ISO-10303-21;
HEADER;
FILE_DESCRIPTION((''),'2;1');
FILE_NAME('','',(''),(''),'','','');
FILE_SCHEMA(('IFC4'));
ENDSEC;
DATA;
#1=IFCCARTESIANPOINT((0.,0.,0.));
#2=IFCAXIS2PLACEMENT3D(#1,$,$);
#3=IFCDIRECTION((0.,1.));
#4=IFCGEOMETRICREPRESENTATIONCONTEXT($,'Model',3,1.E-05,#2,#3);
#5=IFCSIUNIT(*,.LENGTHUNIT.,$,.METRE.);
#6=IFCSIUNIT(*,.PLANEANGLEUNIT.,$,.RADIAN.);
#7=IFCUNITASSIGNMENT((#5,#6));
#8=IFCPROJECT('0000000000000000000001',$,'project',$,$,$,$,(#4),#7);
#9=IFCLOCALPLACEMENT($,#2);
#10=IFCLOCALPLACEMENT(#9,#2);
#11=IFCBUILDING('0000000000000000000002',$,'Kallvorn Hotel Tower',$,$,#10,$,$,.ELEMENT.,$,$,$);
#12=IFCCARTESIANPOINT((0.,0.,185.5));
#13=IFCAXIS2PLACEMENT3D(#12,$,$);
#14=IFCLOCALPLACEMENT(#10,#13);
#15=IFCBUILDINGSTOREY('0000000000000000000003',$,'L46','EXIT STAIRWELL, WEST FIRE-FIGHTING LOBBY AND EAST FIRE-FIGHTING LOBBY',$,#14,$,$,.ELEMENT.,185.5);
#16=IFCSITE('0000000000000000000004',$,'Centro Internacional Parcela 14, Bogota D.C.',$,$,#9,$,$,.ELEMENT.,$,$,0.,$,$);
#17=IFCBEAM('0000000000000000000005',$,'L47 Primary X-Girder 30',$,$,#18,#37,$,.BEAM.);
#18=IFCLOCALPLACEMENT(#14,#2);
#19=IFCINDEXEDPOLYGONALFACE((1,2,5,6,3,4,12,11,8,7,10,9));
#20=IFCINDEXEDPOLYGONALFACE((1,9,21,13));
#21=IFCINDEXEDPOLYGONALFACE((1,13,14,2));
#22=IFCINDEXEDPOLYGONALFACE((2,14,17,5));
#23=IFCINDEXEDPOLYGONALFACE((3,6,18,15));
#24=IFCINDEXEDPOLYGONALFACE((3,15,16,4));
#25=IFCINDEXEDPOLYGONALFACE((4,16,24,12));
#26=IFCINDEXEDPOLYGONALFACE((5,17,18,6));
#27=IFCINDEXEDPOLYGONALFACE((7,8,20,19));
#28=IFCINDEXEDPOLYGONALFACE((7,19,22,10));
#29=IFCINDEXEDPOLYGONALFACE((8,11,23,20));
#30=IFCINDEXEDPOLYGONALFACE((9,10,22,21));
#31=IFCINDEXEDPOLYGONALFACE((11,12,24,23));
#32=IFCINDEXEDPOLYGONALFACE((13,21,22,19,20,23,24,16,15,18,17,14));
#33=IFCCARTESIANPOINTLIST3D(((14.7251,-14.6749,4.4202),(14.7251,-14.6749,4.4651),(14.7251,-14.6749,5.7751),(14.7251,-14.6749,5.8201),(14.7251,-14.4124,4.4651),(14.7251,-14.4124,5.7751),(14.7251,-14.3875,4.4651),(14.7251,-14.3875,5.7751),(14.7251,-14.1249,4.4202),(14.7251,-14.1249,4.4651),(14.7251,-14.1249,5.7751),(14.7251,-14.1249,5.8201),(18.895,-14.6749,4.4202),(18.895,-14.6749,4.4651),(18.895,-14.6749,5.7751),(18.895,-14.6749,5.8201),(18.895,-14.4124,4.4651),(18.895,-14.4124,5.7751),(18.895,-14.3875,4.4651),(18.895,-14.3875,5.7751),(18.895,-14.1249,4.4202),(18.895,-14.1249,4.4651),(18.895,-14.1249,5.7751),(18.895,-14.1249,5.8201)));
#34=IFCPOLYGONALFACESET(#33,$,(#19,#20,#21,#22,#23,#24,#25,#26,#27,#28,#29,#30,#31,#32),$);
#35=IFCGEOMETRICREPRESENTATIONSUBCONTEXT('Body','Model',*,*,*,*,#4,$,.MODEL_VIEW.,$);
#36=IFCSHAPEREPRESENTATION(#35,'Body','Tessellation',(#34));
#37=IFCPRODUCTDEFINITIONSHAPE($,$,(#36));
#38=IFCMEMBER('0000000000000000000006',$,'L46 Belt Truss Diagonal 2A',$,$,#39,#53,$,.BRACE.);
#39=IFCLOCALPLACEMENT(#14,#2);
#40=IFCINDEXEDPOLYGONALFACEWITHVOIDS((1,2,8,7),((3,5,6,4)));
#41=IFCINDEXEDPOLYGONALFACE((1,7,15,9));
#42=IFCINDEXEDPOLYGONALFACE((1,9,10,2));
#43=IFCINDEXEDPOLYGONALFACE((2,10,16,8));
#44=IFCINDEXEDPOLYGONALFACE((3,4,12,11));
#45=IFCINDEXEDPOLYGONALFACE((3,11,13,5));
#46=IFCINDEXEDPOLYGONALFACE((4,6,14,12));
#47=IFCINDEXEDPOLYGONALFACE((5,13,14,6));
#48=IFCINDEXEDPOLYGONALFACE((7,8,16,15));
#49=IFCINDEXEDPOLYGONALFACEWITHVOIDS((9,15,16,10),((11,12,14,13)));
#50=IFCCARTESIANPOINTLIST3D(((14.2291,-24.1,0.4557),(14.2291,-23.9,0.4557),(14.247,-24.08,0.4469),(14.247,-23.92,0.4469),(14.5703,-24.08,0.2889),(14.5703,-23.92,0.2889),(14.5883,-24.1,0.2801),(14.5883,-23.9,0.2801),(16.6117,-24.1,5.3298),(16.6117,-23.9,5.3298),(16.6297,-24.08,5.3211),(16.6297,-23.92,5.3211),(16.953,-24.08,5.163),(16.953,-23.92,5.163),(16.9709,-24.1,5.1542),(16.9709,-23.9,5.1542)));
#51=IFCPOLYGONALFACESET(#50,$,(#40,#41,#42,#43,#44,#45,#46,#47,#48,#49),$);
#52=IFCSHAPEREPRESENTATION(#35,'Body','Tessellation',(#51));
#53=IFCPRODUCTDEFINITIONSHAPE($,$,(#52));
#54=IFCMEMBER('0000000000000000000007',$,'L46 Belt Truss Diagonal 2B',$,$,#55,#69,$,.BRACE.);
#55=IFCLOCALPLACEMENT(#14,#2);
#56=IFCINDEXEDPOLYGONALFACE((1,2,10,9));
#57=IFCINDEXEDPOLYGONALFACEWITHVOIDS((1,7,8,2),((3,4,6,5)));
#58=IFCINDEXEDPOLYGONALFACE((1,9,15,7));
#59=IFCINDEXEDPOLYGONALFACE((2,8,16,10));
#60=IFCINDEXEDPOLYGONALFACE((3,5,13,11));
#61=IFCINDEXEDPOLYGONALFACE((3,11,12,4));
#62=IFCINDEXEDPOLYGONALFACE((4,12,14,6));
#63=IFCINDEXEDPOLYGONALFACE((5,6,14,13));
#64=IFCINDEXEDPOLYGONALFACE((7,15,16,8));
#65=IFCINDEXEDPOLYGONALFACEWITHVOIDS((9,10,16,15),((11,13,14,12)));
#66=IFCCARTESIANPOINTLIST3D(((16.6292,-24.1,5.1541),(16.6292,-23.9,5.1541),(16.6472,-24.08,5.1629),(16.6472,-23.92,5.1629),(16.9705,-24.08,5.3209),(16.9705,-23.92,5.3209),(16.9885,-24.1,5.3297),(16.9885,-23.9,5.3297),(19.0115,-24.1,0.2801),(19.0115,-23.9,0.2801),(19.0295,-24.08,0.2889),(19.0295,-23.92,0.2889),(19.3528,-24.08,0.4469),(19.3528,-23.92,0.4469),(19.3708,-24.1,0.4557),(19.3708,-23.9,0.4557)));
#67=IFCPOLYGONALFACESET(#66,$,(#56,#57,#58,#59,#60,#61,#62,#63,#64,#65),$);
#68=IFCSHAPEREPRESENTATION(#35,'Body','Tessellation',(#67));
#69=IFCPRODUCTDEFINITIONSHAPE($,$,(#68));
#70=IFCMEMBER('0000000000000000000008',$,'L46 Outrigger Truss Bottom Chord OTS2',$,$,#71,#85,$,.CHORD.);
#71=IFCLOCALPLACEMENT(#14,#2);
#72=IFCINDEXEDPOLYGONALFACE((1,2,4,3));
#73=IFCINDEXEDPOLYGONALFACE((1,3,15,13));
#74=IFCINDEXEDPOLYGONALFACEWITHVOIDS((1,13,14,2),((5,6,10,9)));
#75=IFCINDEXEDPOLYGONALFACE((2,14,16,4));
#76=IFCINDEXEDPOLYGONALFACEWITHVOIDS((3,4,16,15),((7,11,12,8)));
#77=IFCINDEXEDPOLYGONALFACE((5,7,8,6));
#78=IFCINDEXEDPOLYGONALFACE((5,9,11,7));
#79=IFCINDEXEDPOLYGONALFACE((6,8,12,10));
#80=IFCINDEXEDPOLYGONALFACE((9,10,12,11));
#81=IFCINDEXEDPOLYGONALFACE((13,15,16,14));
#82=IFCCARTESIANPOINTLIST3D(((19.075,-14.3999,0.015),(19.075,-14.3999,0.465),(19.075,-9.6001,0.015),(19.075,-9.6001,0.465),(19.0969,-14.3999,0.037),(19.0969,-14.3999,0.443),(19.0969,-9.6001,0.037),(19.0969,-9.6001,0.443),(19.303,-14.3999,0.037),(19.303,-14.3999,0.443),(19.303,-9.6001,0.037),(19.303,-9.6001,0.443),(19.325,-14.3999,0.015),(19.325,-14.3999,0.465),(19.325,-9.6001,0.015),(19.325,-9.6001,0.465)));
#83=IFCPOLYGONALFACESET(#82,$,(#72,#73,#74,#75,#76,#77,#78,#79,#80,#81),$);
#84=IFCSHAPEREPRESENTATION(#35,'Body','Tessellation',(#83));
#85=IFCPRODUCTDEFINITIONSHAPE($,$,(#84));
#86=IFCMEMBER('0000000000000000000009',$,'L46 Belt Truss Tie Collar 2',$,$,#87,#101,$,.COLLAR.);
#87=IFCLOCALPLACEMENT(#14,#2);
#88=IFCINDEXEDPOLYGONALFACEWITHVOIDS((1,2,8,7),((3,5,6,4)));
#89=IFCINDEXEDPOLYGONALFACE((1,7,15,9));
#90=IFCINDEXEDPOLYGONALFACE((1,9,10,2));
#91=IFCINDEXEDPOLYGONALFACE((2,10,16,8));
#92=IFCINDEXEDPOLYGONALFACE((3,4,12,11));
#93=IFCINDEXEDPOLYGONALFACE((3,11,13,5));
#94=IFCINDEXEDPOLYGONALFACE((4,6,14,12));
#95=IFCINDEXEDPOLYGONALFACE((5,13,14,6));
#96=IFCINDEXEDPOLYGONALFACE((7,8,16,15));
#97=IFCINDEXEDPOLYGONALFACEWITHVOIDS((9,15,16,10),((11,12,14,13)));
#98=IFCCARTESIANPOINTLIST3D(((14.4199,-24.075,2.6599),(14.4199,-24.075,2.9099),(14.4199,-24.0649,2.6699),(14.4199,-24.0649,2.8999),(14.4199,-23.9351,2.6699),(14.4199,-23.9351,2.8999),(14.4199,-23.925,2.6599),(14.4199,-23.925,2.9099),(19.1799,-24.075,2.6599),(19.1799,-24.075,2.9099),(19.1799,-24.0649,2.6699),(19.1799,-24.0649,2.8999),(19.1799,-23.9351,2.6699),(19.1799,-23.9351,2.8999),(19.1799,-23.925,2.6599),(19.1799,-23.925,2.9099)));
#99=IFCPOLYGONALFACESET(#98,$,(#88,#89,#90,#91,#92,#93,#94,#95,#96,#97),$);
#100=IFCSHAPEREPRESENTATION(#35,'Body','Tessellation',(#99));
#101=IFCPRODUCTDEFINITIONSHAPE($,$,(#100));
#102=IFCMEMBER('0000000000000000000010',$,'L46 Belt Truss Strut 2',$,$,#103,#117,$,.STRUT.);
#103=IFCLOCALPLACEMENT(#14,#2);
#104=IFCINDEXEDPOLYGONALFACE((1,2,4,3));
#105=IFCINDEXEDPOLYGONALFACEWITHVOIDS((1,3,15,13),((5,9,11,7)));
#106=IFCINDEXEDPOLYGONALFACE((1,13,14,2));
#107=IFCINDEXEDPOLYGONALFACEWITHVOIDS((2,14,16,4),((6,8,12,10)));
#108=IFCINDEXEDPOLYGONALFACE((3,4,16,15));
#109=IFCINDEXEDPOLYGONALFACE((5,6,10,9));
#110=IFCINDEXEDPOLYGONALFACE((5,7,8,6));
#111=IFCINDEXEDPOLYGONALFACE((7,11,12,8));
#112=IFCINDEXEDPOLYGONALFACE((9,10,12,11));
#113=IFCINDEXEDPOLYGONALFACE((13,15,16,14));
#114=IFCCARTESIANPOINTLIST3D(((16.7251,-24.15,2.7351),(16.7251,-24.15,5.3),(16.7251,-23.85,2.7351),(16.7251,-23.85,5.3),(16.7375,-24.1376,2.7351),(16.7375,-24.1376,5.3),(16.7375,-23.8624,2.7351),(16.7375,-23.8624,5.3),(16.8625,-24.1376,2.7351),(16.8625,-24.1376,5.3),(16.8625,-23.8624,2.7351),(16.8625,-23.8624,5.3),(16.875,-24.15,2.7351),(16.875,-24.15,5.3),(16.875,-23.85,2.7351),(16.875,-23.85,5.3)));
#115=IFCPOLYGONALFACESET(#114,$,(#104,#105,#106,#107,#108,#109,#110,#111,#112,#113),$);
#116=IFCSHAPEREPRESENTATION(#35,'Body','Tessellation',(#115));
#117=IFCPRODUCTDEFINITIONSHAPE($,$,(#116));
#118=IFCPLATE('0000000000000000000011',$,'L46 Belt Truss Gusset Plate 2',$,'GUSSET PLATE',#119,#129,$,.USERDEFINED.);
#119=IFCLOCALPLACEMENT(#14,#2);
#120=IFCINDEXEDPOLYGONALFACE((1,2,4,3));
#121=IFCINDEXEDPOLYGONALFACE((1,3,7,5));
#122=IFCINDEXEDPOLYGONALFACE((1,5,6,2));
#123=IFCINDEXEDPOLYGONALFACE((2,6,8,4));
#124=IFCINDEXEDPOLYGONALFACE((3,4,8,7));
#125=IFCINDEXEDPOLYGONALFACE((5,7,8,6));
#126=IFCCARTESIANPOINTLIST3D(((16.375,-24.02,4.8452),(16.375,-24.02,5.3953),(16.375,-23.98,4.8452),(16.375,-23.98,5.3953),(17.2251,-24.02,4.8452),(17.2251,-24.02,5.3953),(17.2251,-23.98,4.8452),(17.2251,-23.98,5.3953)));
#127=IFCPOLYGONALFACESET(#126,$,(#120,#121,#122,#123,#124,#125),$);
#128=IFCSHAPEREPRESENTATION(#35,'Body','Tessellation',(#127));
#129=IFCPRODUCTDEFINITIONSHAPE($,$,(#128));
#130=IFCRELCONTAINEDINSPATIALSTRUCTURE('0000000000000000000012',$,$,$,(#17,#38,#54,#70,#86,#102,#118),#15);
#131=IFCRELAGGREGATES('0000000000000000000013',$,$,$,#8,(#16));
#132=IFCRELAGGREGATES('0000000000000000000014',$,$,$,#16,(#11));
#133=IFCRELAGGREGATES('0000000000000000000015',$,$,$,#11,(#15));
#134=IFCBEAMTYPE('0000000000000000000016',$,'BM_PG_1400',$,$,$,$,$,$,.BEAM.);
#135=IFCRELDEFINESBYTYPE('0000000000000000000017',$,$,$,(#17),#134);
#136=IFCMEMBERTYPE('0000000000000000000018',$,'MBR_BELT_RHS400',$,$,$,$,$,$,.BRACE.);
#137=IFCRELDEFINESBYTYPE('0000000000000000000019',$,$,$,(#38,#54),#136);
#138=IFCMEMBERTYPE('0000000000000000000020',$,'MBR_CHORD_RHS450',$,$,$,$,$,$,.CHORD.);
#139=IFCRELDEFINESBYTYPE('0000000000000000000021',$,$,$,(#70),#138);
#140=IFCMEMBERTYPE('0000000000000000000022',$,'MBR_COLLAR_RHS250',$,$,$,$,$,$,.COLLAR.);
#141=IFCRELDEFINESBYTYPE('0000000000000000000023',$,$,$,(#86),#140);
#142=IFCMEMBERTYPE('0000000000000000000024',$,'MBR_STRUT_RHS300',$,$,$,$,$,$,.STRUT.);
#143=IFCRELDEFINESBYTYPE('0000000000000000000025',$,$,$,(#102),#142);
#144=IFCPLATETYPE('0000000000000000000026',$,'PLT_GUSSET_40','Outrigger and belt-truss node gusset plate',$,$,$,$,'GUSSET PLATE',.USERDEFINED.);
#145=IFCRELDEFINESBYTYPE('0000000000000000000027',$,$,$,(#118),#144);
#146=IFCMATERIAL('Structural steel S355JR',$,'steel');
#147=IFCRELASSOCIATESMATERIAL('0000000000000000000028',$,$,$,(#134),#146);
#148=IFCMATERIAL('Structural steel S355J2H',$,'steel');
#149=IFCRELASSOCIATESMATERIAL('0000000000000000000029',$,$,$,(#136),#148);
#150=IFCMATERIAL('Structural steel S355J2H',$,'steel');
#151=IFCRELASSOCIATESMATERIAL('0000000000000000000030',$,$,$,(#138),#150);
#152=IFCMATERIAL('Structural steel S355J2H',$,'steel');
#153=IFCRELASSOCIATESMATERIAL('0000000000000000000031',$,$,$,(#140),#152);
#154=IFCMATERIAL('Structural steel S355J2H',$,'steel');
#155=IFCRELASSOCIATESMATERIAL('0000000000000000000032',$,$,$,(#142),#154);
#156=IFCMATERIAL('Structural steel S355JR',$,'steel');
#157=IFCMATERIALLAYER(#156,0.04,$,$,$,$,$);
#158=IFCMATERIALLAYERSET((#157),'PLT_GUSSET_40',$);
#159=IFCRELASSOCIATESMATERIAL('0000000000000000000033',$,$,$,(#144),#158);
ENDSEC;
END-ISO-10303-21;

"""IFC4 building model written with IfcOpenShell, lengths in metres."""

from ifc_helpers import new_model, si_unit, direction, frame, origin, origin_2d, place, context, subcontext, project, spatial, rectangle, hollow_rectangle, i_section, extrude, material, layer, layer_set, material_profile, profile_set, type_object, element, save


model = new_model("IFC4")

# Units and contexts
model_context = context("Model", 3, precision=1e-05, world=origin(), true_north=direction((0.0, 1.0)))
body_context = subcontext(model_context, "Body", "Model", "MODEL_VIEW")
ifc_project = project(units=[si_unit("LENGTHUNIT", "METRE"), si_unit("PLANEANGLEUNIT", "RADIAN")], contexts=[model_context])

# Site, building, storey
site_placement = place(None, origin())
site = spatial("IfcSite", under=ifc_project, at=site_placement, Name="Centro Internacional Parcela 14, Bogota D.C.", CompositionType="ELEMENT", RefElevation=0.0)
building_placement = place(site_placement, origin())
building = spatial("IfcBuilding", under=site, at=building_placement, Name="Kallvorn Hotel Tower", CompositionType="ELEMENT")
storey_placement = place(building_placement, frame((0.0, 0.0, 185.5)))
storey = spatial("IfcBuildingStorey", under=building, at=storey_placement, Name="L46", Description="EXIT STAIRWELL, WEST FIRE-FIGHTING LOBBY AND EAST FIRE-FIGHTING LOBBY", CompositionType="ELEMENT", Elevation=185.5)

# Beam
ifc_material_1 = material(Name="Structural steel S355JR", Category="steel")
ifc_material_profile_1 = material_profile(ifc_material_1, i_section(OverallWidth=0.55, OverallDepth=1.3999, WebThickness=0.0249, FlangeThickness=0.0449, at=origin_2d()), Name="PG 1400x550x25x45")
ifc_profile_set_1 = profile_set([ifc_material_profile_1], Name="Structural steel S355JR")
beam_type_1 = type_object("IfcBeamType", Name="BM_PG_1400", PredefinedType="BEAM", material=ifc_profile_set_1)
beam_1_placement = place(storey_placement, frame((14.7251, -14.3999, 5.1201), z_axis=(1.0, 0.0, 0.0), x_axis=(0.0, 1.0, 0.0)))
element("IfcBeam", 1, at=beam_1_placement, inside=storey, type_object=beam_type_1, Name="L47 Primary X-Girder 30", PredefinedType="BEAM", context=body_context, shape_type="SweptSolid", body=[
    extrude(i_section(OverallWidth=0.55, OverallDepth=1.3999, WebThickness=0.0249, FlangeThickness=0.0449, at=origin_2d()), origin(), (0.0, 0.0, 1.0), 4.1699),
])

# Members
ifc_material_2 = material(Name="Structural steel S355J2H", Category="steel")
ifc_material_profile_2 = material_profile(ifc_material_2, hollow_rectangle(XDim=0.2, YDim=0.3999, WallThickness=0.02, at=origin_2d()), Name="RHS 400x200x20")
ifc_profile_set_2 = profile_set([ifc_material_profile_2], Name="Structural steel S355J2H")
member_type_1 = type_object("IfcMemberType", Name="MBR_BELT_RHS400", PredefinedType="BRACE", material=ifc_profile_set_2)
member_1_placement = place(storey_placement, frame((14.4087, -24.0, 0.3679), z_axis=(0.439167, 0.0, 0.898405), x_axis=(0.0, 1.0, 0.0)))
element("IfcMember", 2, at=member_1_placement, inside=storey, type_object=member_type_1, Name="L46 Belt Truss Diagonal 2A", PredefinedType="BRACE", context=body_context, shape_type="SweptSolid", body=[
    extrude(hollow_rectangle(XDim=0.2, YDim=0.3999, WallThickness=0.02, at=origin_2d()), origin(), (0.0, 0.0, 1.0), 5.4253),
])
member_2_placement = place(storey_placement, frame((19.1912, -24.0, 0.3679), z_axis=(-0.439131, 0.0, 0.898423), x_axis=(0.0, -1.0, 0.0)))
element("IfcMember", 3, at=member_2_placement, inside=storey, type_object=member_type_1, Name="L46 Belt Truss Diagonal 2B", PredefinedType="BRACE", context=body_context, shape_type="SweptSolid", body=[
    extrude(hollow_rectangle(XDim=0.2, YDim=0.3999, WallThickness=0.02, at=origin_2d()), origin(), (0.0, 0.0, 1.0), 5.425),
])
ifc_material_3 = material(Name="Structural steel S355J2H", Category="steel")
ifc_material_profile_3 = material_profile(ifc_material_3, hollow_rectangle(XDim=0.25, YDim=0.45, WallThickness=0.022, at=origin_2d()), Name="RHS 450x250x22")
ifc_profile_set_3 = profile_set([ifc_material_profile_3], Name="Structural steel S355J2H")
member_type_2 = type_object("IfcMemberType", Name="MBR_CHORD_RHS450", PredefinedType="CHORD", material=ifc_profile_set_3)
member_3_placement = place(storey_placement, frame((19.2, -14.3999, 0.24), z_axis=(0.0, 1.0, 0.0), x_axis=(-1.0, 0.0, 0.0)))
element("IfcMember", 4, at=member_3_placement, inside=storey, type_object=member_type_2, Name="L46 Outrigger Truss Bottom Chord OTS2", PredefinedType="CHORD", context=body_context, shape_type="SweptSolid", body=[
    extrude(hollow_rectangle(XDim=0.25, YDim=0.45, WallThickness=0.022, at=origin_2d()), origin(), (0.0, 0.0, 1.0), 4.7998),
])
ifc_material_4 = material(Name="Structural steel S355J2H", Category="steel")
ifc_material_profile_4 = material_profile(ifc_material_4, hollow_rectangle(XDim=0.1499, YDim=0.25, WallThickness=0.01, at=origin_2d()), Name="RHS 250x150x10")
ifc_profile_set_4 = profile_set([ifc_material_profile_4], Name="Structural steel S355J2H")
member_type_3 = type_object("IfcMemberType", Name="MBR_COLLAR_RHS250", PredefinedType="COLLAR", material=ifc_profile_set_4)
member_4_placement = place(storey_placement, frame((14.4199, -24.0, 2.7849), z_axis=(1.0, 0.0, 0.0), x_axis=(0.0, 1.0, 0.0)))
element("IfcMember", 5, at=member_4_placement, inside=storey, type_object=member_type_3, Name="L46 Belt Truss Tie Collar 2", PredefinedType="COLLAR", context=body_context, shape_type="SweptSolid", body=[
    extrude(hollow_rectangle(XDim=0.1499, YDim=0.25, WallThickness=0.01, at=origin_2d()), origin(), (0.0, 0.0, 1.0), 4.76),
])
ifc_material_5 = material(Name="Structural steel S355J2H", Category="steel")
ifc_material_profile_5 = material_profile(ifc_material_5, hollow_rectangle(XDim=0.1499, YDim=0.3, WallThickness=0.0125, at=origin_2d()), Name="RHS 300x150x12.5")
ifc_profile_set_5 = profile_set([ifc_material_profile_5], Name="Structural steel S355J2H")
member_type_4 = type_object("IfcMemberType", Name="MBR_STRUT_RHS300", PredefinedType="STRUT", material=ifc_profile_set_5)
member_5_placement = place(storey_placement, frame((16.8, -24.0, 2.7351), z_axis=(0.0, 0.0, 1.0), x_axis=(1.0, 0.0, 0.0)))
element("IfcMember", 6, at=member_5_placement, inside=storey, type_object=member_type_4, Name="L46 Belt Truss Strut 2", PredefinedType="STRUT", context=body_context, shape_type="SweptSolid", body=[
    extrude(hollow_rectangle(XDim=0.1499, YDim=0.3, WallThickness=0.0125, at=origin_2d()), origin(), (0.0, 0.0, 1.0), 2.5649),
])

# Plate
ifc_material_6 = material(Name="Structural steel S355JR", Category="steel")
ifc_layer = layer(ifc_material_6, 0.04)
ifc_layer_set = layer_set([ifc_layer], Name="PLT_GUSSET_40")
plate_type = type_object("IfcPlateType", Name="PLT_GUSSET_40", Description="Outrigger and belt-truss node gusset plate", ElementType="GUSSET PLATE", PredefinedType="USERDEFINED", material=ifc_layer_set)
plate_placement = place(storey_placement, frame((16.8, -24.0, 4.8452), z_axis=(0.0, 0.0, 1.0), x_axis=(1.0, 0.0, 0.0)))
element("IfcPlate", 7, at=plate_placement, inside=storey, type_object=plate_type, Name="L46 Belt Truss Gusset Plate 2", ObjectType="GUSSET PLATE", PredefinedType="USERDEFINED", context=body_context, shape_type="SweptSolid", body=[
    extrude(rectangle(XDim=0.8501, YDim=0.04, at=origin_2d()), origin(), (0.0, 0.0, 1.0), 0.55),
])

save(model, "model.ifc")
